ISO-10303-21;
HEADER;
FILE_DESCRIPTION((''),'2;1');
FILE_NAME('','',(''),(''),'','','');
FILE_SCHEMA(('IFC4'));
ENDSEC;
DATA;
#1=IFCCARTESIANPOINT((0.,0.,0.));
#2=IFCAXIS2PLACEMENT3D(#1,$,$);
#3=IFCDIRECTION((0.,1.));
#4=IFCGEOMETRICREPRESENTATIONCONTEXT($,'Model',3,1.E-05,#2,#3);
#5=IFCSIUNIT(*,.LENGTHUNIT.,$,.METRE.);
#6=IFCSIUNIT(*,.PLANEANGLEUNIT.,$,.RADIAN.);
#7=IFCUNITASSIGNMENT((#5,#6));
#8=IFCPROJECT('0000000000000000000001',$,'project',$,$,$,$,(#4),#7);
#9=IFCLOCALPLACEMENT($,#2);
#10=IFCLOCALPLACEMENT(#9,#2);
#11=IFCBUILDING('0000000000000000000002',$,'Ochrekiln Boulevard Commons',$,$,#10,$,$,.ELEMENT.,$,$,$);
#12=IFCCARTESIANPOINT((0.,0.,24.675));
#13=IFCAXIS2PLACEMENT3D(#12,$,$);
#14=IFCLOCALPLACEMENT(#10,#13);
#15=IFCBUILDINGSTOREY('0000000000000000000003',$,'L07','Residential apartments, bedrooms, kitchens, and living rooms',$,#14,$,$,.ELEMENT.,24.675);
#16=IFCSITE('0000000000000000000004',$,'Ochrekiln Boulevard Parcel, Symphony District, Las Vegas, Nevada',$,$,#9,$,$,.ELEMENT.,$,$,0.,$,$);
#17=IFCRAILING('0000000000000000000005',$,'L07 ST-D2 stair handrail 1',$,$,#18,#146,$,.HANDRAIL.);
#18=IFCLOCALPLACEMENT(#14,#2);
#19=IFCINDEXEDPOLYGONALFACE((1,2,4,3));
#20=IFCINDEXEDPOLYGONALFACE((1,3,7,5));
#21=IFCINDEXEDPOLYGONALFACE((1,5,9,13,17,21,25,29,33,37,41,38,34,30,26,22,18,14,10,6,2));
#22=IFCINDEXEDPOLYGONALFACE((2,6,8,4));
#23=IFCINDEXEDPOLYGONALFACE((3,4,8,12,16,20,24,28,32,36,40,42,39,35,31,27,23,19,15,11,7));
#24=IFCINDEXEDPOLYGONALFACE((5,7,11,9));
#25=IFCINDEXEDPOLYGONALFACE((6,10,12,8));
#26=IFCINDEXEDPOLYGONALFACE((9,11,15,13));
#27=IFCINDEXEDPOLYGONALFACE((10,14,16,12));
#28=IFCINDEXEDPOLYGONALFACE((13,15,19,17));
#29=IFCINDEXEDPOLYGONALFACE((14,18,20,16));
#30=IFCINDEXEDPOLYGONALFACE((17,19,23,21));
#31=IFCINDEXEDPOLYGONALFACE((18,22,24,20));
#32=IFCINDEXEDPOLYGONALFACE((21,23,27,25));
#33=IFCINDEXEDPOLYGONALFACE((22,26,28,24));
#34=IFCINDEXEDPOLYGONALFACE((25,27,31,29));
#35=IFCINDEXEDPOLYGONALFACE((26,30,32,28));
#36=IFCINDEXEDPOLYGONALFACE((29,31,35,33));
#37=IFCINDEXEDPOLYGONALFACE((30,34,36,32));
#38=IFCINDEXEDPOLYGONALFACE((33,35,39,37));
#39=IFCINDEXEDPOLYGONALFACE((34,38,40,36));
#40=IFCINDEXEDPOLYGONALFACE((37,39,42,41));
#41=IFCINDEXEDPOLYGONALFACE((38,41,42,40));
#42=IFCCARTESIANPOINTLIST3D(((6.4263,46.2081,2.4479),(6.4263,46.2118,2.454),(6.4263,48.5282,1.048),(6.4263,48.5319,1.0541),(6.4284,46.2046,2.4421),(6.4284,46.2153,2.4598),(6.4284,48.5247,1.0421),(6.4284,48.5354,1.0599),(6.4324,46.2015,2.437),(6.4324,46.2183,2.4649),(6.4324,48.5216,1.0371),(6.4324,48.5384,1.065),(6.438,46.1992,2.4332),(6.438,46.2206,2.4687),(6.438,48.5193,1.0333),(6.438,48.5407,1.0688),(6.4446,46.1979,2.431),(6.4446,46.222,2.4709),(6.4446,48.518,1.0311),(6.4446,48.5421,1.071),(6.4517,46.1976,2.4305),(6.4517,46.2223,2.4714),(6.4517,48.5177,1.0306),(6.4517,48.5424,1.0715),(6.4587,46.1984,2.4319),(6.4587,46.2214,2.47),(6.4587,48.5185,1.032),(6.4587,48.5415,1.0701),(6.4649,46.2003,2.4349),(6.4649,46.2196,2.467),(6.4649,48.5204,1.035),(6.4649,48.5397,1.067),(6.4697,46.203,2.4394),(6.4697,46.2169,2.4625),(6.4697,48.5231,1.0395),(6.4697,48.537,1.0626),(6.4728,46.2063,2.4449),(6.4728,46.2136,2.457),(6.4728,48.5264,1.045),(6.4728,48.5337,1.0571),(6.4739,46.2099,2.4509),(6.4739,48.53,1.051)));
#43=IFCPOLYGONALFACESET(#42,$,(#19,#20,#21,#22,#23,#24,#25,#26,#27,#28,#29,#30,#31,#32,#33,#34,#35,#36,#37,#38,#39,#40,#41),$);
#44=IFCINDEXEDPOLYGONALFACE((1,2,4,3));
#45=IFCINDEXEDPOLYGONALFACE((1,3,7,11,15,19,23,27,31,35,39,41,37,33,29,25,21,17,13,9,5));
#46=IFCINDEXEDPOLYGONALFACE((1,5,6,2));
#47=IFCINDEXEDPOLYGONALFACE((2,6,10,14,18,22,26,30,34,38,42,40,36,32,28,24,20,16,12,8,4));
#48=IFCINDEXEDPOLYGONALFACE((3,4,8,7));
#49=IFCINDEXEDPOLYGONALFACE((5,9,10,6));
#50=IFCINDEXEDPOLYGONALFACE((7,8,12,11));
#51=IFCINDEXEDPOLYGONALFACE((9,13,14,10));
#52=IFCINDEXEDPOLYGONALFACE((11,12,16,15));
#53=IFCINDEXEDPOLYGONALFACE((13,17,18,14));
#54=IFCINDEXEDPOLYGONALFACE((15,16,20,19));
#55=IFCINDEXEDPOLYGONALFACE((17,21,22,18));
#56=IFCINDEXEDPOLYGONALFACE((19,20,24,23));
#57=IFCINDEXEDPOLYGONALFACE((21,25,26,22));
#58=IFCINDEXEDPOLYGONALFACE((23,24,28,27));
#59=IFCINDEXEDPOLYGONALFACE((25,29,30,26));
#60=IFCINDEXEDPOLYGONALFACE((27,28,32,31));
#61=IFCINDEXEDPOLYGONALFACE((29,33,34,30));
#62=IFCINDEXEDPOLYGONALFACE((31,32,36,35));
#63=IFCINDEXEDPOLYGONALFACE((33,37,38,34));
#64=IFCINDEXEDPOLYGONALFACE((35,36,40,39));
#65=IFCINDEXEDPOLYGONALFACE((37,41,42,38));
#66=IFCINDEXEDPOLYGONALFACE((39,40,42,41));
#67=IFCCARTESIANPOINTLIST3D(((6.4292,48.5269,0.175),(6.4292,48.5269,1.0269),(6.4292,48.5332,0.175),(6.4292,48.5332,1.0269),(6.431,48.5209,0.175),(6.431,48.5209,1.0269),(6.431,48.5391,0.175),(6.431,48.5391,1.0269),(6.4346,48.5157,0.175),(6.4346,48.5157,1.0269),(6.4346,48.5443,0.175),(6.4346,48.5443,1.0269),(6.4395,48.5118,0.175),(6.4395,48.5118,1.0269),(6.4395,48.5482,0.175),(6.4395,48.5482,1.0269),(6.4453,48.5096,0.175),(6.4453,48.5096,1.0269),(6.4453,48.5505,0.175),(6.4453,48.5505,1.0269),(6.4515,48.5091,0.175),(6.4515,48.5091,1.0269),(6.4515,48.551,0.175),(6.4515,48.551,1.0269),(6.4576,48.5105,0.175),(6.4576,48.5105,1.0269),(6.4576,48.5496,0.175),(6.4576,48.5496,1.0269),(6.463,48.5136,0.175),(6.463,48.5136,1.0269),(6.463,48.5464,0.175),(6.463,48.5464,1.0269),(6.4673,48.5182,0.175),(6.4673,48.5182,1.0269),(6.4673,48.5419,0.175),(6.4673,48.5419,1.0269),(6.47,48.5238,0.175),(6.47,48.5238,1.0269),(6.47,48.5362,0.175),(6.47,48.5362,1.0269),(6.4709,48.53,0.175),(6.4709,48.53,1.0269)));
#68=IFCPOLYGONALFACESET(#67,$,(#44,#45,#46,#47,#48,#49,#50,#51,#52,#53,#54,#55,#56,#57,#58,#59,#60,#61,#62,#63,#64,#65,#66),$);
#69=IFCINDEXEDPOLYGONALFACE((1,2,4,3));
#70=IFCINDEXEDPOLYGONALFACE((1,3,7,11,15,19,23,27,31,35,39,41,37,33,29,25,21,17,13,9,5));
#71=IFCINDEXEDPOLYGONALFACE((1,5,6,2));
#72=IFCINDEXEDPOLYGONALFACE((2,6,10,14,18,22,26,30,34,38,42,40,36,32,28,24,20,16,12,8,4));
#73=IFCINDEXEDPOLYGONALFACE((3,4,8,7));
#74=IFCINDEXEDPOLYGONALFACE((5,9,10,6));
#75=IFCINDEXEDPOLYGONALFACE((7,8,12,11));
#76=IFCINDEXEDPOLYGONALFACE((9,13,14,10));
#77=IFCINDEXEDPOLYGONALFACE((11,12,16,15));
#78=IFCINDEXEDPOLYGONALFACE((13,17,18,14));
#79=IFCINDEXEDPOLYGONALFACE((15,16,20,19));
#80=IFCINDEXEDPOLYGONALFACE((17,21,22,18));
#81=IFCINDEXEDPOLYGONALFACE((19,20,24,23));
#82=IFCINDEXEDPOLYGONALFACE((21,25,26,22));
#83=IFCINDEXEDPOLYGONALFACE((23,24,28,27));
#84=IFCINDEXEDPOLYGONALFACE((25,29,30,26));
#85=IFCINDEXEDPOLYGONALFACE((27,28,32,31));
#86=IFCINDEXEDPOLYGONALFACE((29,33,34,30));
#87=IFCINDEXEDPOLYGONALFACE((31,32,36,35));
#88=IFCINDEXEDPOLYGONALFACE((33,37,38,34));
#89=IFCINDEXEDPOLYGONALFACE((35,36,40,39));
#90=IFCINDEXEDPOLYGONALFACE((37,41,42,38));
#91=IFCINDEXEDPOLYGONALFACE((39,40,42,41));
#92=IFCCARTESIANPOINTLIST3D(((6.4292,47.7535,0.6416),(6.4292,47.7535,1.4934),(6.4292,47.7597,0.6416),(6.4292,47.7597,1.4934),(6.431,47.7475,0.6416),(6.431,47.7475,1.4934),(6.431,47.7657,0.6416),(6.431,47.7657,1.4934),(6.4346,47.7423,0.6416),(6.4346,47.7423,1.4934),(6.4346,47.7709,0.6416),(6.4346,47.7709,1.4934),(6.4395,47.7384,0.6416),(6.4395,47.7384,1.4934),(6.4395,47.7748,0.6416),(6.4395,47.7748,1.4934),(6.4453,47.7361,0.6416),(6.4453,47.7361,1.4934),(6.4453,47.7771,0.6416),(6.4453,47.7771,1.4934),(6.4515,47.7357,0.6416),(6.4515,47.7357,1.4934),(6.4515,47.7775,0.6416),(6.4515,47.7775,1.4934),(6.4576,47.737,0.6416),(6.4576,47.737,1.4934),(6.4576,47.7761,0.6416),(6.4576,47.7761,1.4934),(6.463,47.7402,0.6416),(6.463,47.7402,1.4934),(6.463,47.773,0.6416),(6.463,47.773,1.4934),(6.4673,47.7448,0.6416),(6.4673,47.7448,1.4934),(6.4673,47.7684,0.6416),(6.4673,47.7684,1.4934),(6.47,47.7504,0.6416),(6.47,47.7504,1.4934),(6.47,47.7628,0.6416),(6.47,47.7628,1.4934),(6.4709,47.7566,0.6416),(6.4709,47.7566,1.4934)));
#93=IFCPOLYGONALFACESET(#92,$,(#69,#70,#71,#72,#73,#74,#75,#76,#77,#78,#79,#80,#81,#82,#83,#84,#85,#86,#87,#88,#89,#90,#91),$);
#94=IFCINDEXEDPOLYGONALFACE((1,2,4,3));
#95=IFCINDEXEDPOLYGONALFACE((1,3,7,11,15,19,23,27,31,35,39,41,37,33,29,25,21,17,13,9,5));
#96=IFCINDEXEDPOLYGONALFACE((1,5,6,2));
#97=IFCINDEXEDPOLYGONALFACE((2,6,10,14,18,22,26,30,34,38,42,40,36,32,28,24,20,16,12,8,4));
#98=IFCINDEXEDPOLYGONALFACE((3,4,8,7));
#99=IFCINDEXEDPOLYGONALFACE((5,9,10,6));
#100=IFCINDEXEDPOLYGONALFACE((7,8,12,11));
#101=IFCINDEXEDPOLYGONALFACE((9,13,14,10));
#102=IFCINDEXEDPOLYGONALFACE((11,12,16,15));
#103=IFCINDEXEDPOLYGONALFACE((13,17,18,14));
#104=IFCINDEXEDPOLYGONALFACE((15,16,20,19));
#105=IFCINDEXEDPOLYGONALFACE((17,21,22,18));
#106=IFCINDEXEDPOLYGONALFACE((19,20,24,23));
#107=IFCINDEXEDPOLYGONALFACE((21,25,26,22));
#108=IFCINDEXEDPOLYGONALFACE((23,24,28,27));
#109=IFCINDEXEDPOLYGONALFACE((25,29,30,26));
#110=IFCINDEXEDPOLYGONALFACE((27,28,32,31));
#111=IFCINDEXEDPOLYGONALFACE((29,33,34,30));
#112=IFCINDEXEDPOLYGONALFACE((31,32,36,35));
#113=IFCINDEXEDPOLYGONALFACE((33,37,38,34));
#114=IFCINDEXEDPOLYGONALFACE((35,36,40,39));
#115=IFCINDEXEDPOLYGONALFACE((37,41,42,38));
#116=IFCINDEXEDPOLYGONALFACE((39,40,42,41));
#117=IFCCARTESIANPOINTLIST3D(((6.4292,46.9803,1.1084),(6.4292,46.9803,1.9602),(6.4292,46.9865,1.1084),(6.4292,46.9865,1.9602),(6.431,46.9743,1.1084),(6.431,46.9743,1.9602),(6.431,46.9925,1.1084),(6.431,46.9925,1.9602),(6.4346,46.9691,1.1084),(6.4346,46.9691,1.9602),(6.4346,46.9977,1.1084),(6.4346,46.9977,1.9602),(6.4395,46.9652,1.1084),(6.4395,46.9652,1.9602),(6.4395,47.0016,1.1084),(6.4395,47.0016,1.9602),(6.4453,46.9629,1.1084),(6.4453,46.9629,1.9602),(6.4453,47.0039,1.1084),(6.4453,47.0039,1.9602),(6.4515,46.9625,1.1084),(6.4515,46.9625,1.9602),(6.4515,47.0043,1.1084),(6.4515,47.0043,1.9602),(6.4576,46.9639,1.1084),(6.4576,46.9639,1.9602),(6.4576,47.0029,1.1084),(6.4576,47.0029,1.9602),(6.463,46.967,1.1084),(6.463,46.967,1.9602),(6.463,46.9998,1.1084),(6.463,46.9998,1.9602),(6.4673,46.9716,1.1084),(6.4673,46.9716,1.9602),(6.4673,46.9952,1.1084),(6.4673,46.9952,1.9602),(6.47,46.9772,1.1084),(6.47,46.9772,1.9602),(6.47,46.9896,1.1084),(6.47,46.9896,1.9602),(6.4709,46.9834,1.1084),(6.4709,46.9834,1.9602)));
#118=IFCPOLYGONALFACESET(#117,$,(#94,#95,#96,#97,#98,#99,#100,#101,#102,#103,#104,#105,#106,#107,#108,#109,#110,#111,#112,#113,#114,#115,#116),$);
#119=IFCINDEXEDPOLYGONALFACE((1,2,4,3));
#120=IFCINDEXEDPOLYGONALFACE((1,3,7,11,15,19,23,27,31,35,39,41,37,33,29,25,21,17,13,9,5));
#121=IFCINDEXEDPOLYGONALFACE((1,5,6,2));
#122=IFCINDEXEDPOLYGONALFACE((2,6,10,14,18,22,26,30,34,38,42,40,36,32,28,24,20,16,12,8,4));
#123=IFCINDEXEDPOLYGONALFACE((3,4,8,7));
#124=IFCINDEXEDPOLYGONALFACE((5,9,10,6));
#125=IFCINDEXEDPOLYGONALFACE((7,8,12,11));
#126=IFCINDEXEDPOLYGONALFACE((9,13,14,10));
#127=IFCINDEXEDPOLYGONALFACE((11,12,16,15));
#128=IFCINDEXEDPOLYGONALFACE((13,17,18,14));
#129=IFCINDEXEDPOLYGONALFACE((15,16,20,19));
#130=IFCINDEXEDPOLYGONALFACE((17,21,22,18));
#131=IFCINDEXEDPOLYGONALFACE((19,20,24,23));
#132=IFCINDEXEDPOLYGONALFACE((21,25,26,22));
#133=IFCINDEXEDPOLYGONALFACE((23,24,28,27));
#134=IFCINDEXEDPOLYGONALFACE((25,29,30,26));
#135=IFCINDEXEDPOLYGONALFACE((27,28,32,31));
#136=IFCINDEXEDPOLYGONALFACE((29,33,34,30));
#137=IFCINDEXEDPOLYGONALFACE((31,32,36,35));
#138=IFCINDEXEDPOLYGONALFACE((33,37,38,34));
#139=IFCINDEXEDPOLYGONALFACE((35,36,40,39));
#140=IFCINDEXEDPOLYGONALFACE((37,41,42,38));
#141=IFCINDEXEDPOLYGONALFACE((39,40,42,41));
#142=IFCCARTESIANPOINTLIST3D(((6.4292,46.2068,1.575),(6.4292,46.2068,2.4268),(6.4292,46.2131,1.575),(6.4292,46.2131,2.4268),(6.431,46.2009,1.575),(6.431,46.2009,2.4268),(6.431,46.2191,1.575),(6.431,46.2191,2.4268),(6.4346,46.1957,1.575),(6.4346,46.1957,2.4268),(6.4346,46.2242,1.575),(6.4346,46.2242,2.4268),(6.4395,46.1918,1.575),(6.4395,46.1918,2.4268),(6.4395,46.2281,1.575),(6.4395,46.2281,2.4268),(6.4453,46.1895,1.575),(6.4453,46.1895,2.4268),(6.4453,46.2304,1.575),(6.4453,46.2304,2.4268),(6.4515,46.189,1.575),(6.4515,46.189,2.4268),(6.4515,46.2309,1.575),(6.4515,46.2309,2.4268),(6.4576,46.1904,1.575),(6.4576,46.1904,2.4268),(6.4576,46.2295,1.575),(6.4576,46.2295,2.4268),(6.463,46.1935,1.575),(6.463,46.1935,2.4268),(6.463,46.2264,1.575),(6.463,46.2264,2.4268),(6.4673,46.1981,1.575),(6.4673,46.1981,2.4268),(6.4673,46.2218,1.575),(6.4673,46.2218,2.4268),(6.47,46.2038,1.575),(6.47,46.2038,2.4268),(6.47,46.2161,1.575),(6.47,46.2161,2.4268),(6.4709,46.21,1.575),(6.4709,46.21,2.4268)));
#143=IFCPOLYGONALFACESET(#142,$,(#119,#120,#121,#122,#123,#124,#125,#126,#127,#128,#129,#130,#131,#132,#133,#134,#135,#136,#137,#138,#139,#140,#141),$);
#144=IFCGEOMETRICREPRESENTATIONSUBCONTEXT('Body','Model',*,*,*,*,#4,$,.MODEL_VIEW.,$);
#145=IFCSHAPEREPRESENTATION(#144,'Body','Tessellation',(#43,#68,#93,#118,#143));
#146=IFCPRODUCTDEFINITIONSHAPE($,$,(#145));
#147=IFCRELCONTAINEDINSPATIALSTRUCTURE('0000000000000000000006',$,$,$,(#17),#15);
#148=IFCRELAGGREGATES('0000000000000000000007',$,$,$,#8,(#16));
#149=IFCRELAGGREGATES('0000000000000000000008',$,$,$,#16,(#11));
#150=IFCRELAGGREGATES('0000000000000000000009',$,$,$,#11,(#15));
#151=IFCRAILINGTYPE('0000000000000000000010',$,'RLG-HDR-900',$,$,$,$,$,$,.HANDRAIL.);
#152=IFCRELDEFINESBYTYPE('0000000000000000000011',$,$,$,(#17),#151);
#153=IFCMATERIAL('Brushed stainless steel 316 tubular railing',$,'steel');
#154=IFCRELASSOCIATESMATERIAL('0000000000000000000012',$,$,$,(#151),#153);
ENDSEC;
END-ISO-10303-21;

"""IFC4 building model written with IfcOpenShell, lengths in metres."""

from ifc_helpers import new_model, si_unit, direction, frame, origin, origin_2d, place, context, subcontext, project, spatial, circle, extrude, material, type_object, element, save


model = new_model("IFC4")

# Units and contexts
model_context = context("Model", 3, precision=1e-05, world=origin(), true_north=direction((0.0, 1.0)))
body_context = subcontext(model_context, "Body", "Model", "MODEL_VIEW")
ifc_project = project(units=[si_unit("LENGTHUNIT", "METRE"), si_unit("PLANEANGLEUNIT", "RADIAN")], contexts=[model_context])

# Site, building, storey
site_placement = place(None, origin())
site = spatial("IfcSite", under=ifc_project, at=site_placement, Name="Ochrekiln Boulevard Parcel, Symphony District, Las Vegas, Nevada", CompositionType="ELEMENT", RefElevation=0.0)
building_placement = place(site_placement, origin())
building = spatial("IfcBuilding", under=site, at=building_placement, Name="Ochrekiln Boulevard Commons", CompositionType="ELEMENT")
storey_placement = place(building_placement, frame((0.0, 0.0, 24.675)))
storey = spatial("IfcBuildingStorey", under=building, at=storey_placement, Name="L07", Description="Residential apartments, bedrooms, kitchens, and living rooms", CompositionType="ELEMENT", Elevation=24.675)

# Railing
ifc_material_1 = material(Name="Brushed stainless steel 316 tubular railing", Category="steel")
railing_type_1 = type_object("IfcRailingType", Name="RLG-HDR-900", PredefinedType="HANDRAIL", material=ifc_material_1)
railing_1_placement = place(storey_placement, frame((6.45, 48.53, 0.175)))
element("IfcRailing", 1, at=railing_1_placement, inside=storey, type_object=railing_type_1, Name="L07 ST-D2 stair handrail 1", PredefinedType="HANDRAIL", context=body_context, shape_type="SweptSolid", body=[
    extrude(circle(Radius=0.0239, at=origin_2d()), frame((0.0, 0.0, 0.876), z_axis=(0.0, -0.85621, 0.516627), x_axis=(1.0, 0.0, 0.0)), (0.0, 0.0, 1.0), 2.7097),
    extrude(circle(Radius=0.021, at=origin_2d()), origin(), (0.0, 0.0, 1.0), 0.8518),
    extrude(circle(Radius=0.021, at=origin_2d()), frame((0.0, -0.7734, 0.4666)), (0.0, 0.0, 1.0), 0.8518),
    extrude(circle(Radius=0.021, at=origin_2d()), frame((0.0, -1.5466, 0.9333)), (0.0, 0.0, 1.0), 0.8518),
    extrude(circle(Radius=0.021, at=origin_2d()), frame((0.0, -2.3201, 1.3999)), (0.0, 0.0, 1.0), 0.8518),
])

save(model, "model.ifc")
